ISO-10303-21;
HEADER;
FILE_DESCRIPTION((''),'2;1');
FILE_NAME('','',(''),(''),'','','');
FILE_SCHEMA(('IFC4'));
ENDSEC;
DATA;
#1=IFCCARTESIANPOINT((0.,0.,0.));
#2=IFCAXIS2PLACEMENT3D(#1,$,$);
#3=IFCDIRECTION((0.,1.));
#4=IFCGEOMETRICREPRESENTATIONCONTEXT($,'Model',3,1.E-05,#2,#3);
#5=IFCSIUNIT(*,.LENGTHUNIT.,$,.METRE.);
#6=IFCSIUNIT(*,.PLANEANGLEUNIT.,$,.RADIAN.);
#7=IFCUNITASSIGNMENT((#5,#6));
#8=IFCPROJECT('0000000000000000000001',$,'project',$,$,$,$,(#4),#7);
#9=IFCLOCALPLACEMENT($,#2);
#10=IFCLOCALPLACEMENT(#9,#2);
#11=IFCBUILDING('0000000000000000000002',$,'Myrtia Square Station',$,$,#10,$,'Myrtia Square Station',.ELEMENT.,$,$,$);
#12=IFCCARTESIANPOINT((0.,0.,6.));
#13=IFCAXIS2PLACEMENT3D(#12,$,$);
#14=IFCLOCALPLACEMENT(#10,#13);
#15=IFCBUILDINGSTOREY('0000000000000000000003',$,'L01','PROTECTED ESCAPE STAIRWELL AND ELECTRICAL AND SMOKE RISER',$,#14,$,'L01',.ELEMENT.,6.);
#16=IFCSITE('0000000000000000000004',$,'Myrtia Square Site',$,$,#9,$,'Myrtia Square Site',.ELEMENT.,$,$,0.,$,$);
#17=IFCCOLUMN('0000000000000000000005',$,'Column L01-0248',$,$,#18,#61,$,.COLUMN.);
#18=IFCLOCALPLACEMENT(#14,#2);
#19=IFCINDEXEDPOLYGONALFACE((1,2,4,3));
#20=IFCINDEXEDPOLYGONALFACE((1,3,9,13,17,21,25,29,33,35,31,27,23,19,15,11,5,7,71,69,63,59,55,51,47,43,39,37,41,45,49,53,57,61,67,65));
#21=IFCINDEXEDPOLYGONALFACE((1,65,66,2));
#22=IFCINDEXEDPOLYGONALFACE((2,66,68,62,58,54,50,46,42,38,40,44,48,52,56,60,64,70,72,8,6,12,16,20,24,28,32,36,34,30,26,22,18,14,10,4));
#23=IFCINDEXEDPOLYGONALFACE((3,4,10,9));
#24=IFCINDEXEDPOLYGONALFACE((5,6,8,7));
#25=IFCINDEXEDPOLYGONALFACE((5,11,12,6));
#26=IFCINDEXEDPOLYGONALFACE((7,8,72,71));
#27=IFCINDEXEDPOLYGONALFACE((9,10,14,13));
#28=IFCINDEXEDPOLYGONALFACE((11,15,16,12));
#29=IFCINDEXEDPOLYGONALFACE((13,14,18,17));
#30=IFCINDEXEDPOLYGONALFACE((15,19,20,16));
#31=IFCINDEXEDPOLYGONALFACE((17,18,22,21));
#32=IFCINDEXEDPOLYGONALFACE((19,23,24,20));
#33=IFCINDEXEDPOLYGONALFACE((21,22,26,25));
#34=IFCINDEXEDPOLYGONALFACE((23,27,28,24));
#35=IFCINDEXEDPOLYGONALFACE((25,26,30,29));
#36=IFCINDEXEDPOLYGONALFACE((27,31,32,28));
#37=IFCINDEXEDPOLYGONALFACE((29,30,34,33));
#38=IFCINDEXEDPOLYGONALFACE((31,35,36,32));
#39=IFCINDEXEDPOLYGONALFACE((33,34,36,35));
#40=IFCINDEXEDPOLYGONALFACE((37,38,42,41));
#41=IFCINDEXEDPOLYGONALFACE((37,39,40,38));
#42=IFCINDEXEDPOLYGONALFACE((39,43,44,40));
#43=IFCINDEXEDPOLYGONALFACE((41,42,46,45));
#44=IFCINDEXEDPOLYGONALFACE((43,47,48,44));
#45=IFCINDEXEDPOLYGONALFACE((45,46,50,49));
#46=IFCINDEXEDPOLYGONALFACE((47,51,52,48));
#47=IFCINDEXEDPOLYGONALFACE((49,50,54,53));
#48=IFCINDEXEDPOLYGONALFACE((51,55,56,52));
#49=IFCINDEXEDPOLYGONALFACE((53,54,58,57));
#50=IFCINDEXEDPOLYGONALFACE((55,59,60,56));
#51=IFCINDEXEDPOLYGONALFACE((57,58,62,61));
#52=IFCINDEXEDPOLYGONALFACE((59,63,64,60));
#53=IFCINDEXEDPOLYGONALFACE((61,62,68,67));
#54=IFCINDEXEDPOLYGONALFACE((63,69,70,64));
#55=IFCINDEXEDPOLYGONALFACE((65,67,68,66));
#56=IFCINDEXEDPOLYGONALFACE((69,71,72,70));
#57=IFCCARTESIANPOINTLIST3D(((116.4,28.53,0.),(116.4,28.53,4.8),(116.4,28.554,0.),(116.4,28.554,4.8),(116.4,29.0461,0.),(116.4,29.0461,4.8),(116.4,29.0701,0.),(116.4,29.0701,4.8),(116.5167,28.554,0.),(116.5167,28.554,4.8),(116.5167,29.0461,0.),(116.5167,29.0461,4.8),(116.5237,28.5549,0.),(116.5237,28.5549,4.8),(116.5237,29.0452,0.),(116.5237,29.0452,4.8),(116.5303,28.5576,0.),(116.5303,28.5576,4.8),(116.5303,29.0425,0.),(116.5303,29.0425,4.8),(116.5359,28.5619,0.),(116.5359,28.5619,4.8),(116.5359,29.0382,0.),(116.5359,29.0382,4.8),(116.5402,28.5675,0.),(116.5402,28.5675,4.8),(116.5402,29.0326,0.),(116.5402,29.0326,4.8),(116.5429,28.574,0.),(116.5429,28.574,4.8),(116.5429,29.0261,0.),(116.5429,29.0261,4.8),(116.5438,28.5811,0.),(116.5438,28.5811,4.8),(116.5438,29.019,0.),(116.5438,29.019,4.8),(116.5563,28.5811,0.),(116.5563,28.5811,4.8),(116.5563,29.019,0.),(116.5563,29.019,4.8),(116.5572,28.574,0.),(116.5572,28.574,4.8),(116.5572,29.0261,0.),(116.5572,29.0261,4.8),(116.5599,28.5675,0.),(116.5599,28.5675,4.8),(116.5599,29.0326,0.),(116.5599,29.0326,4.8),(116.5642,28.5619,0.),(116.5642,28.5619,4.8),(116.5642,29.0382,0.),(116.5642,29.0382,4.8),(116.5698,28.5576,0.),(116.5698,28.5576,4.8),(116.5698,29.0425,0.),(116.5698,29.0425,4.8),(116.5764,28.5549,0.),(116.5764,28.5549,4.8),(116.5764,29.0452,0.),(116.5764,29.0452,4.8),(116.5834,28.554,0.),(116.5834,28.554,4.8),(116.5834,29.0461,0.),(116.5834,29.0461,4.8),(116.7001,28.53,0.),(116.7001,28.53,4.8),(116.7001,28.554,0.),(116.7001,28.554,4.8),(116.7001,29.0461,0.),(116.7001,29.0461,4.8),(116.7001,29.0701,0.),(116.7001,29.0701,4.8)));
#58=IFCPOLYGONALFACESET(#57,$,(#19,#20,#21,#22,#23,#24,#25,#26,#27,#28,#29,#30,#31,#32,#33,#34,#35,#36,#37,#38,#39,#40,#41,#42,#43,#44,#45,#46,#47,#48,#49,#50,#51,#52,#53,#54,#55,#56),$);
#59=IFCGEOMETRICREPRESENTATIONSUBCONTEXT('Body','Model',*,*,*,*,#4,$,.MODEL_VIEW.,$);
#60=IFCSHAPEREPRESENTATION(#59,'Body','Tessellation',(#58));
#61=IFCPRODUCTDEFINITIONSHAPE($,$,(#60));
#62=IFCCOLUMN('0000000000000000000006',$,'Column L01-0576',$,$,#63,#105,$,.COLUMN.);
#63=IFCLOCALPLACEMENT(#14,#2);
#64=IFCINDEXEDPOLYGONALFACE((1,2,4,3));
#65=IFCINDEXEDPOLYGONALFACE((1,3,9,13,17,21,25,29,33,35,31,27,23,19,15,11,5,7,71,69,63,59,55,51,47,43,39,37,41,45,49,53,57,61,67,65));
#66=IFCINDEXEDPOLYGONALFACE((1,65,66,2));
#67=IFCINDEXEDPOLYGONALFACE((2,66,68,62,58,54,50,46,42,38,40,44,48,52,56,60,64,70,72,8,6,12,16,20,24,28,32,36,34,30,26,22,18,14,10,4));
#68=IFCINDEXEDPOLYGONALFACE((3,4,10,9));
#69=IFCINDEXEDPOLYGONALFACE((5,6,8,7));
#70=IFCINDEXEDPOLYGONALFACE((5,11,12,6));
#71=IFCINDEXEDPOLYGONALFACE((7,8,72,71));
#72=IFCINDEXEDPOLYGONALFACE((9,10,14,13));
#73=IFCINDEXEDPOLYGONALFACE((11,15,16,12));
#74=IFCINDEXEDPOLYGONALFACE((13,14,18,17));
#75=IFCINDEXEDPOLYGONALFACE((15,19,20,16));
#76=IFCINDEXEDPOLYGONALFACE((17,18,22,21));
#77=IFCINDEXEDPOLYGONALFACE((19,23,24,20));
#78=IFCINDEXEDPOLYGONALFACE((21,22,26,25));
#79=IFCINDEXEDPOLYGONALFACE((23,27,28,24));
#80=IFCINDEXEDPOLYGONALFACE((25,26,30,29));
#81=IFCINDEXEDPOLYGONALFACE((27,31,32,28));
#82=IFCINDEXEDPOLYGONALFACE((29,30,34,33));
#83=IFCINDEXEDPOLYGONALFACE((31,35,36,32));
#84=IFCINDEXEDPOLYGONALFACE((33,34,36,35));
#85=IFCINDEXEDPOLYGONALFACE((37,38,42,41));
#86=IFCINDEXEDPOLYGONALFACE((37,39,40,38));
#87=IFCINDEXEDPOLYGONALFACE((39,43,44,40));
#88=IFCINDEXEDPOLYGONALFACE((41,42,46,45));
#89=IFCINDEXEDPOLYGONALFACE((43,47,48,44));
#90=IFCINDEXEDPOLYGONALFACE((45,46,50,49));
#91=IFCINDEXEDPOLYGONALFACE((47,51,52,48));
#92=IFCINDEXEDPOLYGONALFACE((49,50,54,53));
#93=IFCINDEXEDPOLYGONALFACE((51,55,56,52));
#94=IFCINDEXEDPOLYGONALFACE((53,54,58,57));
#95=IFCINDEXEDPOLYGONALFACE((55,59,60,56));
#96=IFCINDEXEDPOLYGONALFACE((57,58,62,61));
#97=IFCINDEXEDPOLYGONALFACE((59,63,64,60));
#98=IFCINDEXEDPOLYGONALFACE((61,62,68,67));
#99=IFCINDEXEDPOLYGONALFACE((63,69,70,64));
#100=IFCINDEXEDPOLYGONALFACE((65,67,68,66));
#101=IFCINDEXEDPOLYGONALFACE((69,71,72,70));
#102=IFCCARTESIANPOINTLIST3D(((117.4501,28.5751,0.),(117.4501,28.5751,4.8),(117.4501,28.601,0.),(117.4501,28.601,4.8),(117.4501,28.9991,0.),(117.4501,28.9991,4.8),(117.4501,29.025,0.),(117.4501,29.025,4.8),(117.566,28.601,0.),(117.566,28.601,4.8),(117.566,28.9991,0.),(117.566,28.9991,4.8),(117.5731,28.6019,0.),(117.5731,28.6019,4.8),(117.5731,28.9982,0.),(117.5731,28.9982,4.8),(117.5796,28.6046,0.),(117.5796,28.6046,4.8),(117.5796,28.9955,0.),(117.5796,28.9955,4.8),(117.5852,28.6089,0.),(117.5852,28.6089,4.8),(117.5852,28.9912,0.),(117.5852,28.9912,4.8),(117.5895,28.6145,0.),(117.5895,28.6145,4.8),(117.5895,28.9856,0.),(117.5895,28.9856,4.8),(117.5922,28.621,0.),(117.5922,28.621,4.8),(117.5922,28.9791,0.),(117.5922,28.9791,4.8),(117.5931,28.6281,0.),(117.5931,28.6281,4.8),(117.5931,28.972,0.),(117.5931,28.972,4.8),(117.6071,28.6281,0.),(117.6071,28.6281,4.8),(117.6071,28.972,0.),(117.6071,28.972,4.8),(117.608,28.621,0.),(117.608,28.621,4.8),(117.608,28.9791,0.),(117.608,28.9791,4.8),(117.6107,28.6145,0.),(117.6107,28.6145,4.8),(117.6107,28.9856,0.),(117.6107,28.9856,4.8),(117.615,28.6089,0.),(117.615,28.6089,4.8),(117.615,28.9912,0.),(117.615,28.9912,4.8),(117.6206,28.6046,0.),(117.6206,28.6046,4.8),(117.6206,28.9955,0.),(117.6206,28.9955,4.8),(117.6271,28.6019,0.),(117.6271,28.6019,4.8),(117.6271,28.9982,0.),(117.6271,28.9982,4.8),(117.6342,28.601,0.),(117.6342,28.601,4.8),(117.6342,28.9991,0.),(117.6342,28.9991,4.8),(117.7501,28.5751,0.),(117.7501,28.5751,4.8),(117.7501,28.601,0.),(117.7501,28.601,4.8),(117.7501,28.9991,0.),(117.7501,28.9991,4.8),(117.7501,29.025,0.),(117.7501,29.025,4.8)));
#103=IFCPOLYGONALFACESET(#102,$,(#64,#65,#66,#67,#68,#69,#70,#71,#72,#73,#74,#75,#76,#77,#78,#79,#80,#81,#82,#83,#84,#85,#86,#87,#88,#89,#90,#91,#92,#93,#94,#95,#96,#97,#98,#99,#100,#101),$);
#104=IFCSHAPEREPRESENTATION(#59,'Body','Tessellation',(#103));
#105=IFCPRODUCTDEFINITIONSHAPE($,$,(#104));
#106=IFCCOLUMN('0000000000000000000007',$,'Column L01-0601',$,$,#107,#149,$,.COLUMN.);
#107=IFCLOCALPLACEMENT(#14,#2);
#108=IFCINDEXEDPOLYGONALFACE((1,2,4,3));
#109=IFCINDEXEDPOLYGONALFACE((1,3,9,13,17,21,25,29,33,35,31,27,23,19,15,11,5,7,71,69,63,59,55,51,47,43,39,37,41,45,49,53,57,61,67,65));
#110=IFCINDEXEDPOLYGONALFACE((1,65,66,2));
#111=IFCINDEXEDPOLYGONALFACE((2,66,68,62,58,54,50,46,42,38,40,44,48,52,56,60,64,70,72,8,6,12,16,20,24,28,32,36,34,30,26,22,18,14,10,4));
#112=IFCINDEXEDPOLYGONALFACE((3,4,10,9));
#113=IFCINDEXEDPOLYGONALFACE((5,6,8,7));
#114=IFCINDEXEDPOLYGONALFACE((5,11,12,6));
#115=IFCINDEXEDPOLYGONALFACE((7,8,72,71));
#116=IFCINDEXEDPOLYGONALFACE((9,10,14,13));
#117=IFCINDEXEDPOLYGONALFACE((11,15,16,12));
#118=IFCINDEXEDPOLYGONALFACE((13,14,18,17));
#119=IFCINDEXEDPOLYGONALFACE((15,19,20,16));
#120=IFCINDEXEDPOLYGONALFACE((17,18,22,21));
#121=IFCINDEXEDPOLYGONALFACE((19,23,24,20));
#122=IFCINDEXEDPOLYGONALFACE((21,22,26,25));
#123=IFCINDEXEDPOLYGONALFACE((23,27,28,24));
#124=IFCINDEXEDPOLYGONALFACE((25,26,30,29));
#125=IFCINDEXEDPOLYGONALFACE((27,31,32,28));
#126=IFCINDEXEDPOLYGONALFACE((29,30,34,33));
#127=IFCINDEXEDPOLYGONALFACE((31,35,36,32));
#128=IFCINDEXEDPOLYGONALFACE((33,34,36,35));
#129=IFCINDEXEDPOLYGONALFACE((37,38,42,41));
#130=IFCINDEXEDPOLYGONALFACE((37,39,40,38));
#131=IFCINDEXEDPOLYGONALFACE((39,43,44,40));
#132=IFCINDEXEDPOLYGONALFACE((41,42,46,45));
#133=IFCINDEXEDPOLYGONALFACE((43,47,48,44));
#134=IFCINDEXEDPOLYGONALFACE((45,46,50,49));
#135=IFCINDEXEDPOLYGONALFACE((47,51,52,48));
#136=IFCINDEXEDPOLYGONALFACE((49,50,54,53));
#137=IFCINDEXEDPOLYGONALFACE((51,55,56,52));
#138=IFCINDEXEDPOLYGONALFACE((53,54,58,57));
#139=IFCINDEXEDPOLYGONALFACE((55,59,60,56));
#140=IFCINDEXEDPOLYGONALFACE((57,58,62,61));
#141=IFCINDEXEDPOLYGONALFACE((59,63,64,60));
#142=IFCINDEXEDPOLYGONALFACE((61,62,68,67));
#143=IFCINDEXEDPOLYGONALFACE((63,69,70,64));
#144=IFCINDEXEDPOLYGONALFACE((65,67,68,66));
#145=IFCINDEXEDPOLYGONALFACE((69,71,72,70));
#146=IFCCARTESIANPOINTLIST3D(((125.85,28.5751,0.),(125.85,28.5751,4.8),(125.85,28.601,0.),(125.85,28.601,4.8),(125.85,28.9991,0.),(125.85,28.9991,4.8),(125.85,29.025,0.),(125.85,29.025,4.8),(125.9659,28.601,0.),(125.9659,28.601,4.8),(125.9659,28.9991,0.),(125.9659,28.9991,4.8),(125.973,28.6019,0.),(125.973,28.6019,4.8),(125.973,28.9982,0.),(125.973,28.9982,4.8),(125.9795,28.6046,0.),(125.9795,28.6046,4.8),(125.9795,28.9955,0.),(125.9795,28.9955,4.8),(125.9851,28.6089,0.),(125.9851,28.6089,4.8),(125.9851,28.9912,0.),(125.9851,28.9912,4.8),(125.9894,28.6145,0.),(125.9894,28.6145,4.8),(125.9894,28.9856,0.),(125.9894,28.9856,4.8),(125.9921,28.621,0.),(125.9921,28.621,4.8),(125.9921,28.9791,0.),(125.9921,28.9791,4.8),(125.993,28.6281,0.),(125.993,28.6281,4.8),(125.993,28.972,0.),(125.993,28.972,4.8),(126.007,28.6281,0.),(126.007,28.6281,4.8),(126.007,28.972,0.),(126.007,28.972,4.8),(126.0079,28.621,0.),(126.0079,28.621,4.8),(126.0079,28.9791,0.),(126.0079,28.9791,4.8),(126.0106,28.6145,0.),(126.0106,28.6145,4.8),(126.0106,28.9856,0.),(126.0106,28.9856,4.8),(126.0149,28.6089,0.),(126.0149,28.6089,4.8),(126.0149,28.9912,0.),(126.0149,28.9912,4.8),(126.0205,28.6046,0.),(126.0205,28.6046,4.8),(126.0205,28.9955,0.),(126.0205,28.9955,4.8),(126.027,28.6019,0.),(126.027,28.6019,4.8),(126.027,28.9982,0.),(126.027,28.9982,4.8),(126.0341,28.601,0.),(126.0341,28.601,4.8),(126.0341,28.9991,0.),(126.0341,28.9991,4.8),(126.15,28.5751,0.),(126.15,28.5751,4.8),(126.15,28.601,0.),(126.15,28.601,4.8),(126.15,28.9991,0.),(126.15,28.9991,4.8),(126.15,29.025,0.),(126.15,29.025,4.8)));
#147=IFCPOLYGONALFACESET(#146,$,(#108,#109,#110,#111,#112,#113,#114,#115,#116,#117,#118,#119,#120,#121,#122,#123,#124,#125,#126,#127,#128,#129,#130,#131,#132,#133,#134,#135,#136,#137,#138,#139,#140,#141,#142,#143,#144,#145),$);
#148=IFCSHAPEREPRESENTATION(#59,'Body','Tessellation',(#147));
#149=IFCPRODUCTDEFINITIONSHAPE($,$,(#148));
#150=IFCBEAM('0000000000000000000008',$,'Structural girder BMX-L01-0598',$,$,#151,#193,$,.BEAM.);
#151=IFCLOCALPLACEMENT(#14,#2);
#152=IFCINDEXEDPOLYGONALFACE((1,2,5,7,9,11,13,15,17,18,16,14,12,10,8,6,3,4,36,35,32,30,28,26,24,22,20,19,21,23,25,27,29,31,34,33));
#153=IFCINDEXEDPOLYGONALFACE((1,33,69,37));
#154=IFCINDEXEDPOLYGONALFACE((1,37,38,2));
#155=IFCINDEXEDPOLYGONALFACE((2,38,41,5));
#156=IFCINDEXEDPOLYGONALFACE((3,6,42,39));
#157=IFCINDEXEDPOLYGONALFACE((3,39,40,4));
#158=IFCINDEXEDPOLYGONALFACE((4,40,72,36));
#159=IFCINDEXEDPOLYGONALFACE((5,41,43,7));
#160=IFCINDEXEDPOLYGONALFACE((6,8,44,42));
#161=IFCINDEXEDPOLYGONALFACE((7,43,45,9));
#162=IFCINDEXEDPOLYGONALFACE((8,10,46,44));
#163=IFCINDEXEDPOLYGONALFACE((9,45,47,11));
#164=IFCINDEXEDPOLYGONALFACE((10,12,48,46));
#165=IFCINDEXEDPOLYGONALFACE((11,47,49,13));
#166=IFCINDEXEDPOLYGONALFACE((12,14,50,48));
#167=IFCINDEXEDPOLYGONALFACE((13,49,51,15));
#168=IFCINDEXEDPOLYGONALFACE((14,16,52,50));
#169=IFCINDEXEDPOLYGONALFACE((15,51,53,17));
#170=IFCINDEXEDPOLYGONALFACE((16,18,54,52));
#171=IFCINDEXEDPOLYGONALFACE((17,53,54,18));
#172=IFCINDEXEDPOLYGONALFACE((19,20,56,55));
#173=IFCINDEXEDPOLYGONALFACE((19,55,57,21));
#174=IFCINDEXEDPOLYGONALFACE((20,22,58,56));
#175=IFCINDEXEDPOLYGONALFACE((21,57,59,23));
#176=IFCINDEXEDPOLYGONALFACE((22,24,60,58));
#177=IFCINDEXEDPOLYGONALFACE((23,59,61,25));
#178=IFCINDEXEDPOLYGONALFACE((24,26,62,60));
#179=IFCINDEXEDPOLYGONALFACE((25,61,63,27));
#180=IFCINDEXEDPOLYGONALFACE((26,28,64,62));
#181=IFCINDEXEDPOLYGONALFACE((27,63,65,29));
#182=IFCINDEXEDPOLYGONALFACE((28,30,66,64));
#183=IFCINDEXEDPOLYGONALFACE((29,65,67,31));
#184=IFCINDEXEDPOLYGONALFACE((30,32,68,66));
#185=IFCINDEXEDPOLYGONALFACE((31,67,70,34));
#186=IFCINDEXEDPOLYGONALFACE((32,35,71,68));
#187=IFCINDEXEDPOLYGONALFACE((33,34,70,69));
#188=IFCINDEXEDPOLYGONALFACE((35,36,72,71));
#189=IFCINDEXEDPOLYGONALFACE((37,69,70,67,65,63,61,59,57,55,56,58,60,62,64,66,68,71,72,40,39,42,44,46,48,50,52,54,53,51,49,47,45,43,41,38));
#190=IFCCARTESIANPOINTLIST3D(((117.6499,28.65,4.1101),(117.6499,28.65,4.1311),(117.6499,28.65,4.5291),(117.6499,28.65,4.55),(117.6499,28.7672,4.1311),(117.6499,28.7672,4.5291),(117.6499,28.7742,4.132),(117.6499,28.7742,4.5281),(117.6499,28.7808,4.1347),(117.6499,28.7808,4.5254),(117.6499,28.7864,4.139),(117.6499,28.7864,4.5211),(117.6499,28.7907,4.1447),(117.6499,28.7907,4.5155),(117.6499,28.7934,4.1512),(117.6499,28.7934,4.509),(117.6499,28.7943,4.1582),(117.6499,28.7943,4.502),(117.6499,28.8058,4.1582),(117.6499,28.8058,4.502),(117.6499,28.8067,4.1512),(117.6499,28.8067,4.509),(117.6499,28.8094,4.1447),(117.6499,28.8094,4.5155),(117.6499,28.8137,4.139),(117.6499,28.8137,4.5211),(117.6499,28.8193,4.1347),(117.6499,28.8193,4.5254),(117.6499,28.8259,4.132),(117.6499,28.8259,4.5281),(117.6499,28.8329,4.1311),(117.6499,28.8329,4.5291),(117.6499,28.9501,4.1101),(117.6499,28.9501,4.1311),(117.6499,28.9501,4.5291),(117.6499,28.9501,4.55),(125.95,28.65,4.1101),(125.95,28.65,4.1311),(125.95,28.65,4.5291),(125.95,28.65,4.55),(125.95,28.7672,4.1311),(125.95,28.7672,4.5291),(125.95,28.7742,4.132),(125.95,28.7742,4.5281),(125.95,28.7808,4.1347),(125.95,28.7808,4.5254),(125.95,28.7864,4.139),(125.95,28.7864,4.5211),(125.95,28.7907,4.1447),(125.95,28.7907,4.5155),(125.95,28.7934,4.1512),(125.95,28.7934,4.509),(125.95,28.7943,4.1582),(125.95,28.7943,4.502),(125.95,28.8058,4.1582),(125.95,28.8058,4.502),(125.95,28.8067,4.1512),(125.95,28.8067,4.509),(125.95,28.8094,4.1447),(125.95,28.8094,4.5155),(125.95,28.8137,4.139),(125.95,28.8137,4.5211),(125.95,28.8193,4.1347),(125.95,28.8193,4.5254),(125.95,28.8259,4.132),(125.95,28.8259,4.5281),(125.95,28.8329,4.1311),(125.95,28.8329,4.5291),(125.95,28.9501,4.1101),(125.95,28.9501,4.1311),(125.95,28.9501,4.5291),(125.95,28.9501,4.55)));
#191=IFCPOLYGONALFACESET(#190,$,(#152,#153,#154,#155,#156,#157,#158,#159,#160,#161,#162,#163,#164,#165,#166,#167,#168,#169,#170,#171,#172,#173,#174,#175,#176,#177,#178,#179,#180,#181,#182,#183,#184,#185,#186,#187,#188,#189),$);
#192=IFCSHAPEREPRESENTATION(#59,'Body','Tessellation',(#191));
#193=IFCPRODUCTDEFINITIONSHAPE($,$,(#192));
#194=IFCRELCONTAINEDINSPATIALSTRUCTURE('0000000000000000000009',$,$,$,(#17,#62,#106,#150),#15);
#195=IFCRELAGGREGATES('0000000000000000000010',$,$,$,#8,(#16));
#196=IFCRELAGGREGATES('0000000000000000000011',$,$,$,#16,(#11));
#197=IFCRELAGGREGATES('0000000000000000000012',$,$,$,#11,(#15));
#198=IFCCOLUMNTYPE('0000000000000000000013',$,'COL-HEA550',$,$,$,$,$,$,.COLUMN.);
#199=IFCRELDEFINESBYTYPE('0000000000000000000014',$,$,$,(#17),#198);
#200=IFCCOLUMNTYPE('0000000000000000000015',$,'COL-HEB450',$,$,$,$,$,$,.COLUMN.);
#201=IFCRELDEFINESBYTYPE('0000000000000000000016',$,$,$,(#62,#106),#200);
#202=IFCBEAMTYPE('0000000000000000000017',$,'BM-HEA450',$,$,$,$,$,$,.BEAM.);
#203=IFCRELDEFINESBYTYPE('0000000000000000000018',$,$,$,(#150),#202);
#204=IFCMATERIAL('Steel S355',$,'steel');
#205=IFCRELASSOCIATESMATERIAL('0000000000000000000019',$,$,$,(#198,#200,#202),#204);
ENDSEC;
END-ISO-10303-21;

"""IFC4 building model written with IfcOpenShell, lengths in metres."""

from ifc_helpers import new_model, si_unit, direction, frame, origin, origin_2d, place, context, subcontext, project, spatial, i_section, extrude, material, material_profile, profile_set, type_object, element, save


model = new_model("IFC4")

# Units and contexts
model_context = context("Model", 3, precision=1e-05, world=origin(), true_north=direction((0.0, 1.0)))
body_context = subcontext(model_context, "Body", "Model", "MODEL_VIEW")
ifc_project = project(units=[si_unit("LENGTHUNIT", "METRE"), si_unit("PLANEANGLEUNIT", "RADIAN")], contexts=[model_context])

# Site, building, storey
site_placement = place(None, origin())
site = spatial("IfcSite", under=ifc_project, at=site_placement, Name="Myrtia Square Site", LongName="Myrtia Square Site", CompositionType="ELEMENT", RefElevation=0.0)
building_placement = place(site_placement, origin())
building = spatial("IfcBuilding", under=site, at=building_placement, Name="Myrtia Square Station", LongName="Myrtia Square Station", CompositionType="ELEMENT")
storey_placement = place(building_placement, frame((0.0, 0.0, 6.0)))
storey = spatial("IfcBuildingStorey", under=building, at=storey_placement, Name="L01", Description="PROTECTED ESCAPE STAIRWELL AND ELECTRICAL AND SMOKE RISER", LongName="L01", CompositionType="ELEMENT", Elevation=6.0)

# Columns
ifc_material_1 = material(Name="Steel S355", Category="steel")
ifc_material_profile_1 = material_profile(ifc_material_1, i_section(OverallWidth=0.3, OverallDepth=0.54, WebThickness=0.0125, FlangeThickness=0.0239, FilletRadius=0.0271, at=origin_2d()), Name="HEA 550")
ifc_profile_set_1 = profile_set([ifc_material_profile_1], Name="Steel S355")
column_type_1 = type_object("IfcColumnType", Name="COL-HEA550", PredefinedType="COLUMN", material=ifc_profile_set_1)
column_placement = place(storey_placement, frame((116.55, 28.8, 0.0), z_axis=(0.0, 0.0, 1.0), x_axis=(1.0, 0.0, 0.0)))
element("IfcColumn", 1, at=column_placement, inside=storey, type_object=column_type_1, Name="Column L01-0248", PredefinedType="COLUMN", context=body_context, shape_type="SweptSolid", body=[
    extrude(i_section(OverallWidth=0.3, OverallDepth=0.54, WebThickness=0.0125, FlangeThickness=0.0239, FilletRadius=0.0271, at=origin_2d()), origin(), (0.0, 0.0, 1.0), 4.8),
])
ifc_material_profile_2 = material_profile(ifc_material_1, i_section(OverallWidth=0.3, OverallDepth=0.45, WebThickness=0.0139, FlangeThickness=0.0259, FilletRadius=0.0271, at=origin_2d()), Name="HEB 450")
ifc_profile_set_2 = profile_set([ifc_material_profile_2], Name="Steel S355")
column_type_2 = type_object("IfcColumnType", Name="COL-HEB450", PredefinedType="COLUMN", material=ifc_profile_set_2)
for number, where, z_axis, x_axis, name in (
    (2, (117.6001, 28.8, 0.0), (0.0, 0.0, 1.0), (1.0, 0.0, 0.0), "Column L01-0576"),
    (3, (126.0, 28.8, 0.0), (0.0, 0.0, 1.0), (1.0, 0.0, 0.0), "Column L01-0601"),
):
    element("IfcColumn", number, at=place(storey_placement, frame(where, z_axis=z_axis, x_axis=x_axis)), inside=storey, type_object=column_type_2, Name=name, PredefinedType="COLUMN", context=body_context, shape_type="SweptSolid", body=[
        extrude(i_section(OverallWidth=0.3, OverallDepth=0.45, WebThickness=0.0139, FlangeThickness=0.0259, FilletRadius=0.0271, at=origin_2d()), origin(), (0.0, 0.0, 1.0), 4.8),
    ])

# Beam
ifc_material_profile_3 = material_profile(ifc_material_1, i_section(OverallWidth=0.3, OverallDepth=0.4399, WebThickness=0.0115, FlangeThickness=0.021, FilletRadius=0.0271, at=origin_2d()), Name="HEA 450")
ifc_profile_set_3 = profile_set([ifc_material_profile_3], Name="Steel S355")
beam_type_1 = type_object("IfcBeamType", Name="BM-HEA450", PredefinedType="BEAM", material=ifc_profile_set_3)
beam_1_placement = place(storey_placement, frame((117.6499, 28.8, 4.3301), z_axis=(1.0, 0.0, 0.0), x_axis=(0.0, 1.0, 0.0)))
element("IfcBeam", 4, at=beam_1_placement, inside=storey, type_object=beam_type_1, Name="Structural girder BMX-L01-0598", PredefinedType="BEAM", context=body_context, shape_type="SweptSolid", body=[
    extrude(i_section(OverallWidth=0.3, OverallDepth=0.4399, WebThickness=0.0115, FlangeThickness=0.021, FilletRadius=0.0271, at=origin_2d()), origin(), (0.0, 0.0, 1.0), 8.3),
])

save(model, "model.ifc")
